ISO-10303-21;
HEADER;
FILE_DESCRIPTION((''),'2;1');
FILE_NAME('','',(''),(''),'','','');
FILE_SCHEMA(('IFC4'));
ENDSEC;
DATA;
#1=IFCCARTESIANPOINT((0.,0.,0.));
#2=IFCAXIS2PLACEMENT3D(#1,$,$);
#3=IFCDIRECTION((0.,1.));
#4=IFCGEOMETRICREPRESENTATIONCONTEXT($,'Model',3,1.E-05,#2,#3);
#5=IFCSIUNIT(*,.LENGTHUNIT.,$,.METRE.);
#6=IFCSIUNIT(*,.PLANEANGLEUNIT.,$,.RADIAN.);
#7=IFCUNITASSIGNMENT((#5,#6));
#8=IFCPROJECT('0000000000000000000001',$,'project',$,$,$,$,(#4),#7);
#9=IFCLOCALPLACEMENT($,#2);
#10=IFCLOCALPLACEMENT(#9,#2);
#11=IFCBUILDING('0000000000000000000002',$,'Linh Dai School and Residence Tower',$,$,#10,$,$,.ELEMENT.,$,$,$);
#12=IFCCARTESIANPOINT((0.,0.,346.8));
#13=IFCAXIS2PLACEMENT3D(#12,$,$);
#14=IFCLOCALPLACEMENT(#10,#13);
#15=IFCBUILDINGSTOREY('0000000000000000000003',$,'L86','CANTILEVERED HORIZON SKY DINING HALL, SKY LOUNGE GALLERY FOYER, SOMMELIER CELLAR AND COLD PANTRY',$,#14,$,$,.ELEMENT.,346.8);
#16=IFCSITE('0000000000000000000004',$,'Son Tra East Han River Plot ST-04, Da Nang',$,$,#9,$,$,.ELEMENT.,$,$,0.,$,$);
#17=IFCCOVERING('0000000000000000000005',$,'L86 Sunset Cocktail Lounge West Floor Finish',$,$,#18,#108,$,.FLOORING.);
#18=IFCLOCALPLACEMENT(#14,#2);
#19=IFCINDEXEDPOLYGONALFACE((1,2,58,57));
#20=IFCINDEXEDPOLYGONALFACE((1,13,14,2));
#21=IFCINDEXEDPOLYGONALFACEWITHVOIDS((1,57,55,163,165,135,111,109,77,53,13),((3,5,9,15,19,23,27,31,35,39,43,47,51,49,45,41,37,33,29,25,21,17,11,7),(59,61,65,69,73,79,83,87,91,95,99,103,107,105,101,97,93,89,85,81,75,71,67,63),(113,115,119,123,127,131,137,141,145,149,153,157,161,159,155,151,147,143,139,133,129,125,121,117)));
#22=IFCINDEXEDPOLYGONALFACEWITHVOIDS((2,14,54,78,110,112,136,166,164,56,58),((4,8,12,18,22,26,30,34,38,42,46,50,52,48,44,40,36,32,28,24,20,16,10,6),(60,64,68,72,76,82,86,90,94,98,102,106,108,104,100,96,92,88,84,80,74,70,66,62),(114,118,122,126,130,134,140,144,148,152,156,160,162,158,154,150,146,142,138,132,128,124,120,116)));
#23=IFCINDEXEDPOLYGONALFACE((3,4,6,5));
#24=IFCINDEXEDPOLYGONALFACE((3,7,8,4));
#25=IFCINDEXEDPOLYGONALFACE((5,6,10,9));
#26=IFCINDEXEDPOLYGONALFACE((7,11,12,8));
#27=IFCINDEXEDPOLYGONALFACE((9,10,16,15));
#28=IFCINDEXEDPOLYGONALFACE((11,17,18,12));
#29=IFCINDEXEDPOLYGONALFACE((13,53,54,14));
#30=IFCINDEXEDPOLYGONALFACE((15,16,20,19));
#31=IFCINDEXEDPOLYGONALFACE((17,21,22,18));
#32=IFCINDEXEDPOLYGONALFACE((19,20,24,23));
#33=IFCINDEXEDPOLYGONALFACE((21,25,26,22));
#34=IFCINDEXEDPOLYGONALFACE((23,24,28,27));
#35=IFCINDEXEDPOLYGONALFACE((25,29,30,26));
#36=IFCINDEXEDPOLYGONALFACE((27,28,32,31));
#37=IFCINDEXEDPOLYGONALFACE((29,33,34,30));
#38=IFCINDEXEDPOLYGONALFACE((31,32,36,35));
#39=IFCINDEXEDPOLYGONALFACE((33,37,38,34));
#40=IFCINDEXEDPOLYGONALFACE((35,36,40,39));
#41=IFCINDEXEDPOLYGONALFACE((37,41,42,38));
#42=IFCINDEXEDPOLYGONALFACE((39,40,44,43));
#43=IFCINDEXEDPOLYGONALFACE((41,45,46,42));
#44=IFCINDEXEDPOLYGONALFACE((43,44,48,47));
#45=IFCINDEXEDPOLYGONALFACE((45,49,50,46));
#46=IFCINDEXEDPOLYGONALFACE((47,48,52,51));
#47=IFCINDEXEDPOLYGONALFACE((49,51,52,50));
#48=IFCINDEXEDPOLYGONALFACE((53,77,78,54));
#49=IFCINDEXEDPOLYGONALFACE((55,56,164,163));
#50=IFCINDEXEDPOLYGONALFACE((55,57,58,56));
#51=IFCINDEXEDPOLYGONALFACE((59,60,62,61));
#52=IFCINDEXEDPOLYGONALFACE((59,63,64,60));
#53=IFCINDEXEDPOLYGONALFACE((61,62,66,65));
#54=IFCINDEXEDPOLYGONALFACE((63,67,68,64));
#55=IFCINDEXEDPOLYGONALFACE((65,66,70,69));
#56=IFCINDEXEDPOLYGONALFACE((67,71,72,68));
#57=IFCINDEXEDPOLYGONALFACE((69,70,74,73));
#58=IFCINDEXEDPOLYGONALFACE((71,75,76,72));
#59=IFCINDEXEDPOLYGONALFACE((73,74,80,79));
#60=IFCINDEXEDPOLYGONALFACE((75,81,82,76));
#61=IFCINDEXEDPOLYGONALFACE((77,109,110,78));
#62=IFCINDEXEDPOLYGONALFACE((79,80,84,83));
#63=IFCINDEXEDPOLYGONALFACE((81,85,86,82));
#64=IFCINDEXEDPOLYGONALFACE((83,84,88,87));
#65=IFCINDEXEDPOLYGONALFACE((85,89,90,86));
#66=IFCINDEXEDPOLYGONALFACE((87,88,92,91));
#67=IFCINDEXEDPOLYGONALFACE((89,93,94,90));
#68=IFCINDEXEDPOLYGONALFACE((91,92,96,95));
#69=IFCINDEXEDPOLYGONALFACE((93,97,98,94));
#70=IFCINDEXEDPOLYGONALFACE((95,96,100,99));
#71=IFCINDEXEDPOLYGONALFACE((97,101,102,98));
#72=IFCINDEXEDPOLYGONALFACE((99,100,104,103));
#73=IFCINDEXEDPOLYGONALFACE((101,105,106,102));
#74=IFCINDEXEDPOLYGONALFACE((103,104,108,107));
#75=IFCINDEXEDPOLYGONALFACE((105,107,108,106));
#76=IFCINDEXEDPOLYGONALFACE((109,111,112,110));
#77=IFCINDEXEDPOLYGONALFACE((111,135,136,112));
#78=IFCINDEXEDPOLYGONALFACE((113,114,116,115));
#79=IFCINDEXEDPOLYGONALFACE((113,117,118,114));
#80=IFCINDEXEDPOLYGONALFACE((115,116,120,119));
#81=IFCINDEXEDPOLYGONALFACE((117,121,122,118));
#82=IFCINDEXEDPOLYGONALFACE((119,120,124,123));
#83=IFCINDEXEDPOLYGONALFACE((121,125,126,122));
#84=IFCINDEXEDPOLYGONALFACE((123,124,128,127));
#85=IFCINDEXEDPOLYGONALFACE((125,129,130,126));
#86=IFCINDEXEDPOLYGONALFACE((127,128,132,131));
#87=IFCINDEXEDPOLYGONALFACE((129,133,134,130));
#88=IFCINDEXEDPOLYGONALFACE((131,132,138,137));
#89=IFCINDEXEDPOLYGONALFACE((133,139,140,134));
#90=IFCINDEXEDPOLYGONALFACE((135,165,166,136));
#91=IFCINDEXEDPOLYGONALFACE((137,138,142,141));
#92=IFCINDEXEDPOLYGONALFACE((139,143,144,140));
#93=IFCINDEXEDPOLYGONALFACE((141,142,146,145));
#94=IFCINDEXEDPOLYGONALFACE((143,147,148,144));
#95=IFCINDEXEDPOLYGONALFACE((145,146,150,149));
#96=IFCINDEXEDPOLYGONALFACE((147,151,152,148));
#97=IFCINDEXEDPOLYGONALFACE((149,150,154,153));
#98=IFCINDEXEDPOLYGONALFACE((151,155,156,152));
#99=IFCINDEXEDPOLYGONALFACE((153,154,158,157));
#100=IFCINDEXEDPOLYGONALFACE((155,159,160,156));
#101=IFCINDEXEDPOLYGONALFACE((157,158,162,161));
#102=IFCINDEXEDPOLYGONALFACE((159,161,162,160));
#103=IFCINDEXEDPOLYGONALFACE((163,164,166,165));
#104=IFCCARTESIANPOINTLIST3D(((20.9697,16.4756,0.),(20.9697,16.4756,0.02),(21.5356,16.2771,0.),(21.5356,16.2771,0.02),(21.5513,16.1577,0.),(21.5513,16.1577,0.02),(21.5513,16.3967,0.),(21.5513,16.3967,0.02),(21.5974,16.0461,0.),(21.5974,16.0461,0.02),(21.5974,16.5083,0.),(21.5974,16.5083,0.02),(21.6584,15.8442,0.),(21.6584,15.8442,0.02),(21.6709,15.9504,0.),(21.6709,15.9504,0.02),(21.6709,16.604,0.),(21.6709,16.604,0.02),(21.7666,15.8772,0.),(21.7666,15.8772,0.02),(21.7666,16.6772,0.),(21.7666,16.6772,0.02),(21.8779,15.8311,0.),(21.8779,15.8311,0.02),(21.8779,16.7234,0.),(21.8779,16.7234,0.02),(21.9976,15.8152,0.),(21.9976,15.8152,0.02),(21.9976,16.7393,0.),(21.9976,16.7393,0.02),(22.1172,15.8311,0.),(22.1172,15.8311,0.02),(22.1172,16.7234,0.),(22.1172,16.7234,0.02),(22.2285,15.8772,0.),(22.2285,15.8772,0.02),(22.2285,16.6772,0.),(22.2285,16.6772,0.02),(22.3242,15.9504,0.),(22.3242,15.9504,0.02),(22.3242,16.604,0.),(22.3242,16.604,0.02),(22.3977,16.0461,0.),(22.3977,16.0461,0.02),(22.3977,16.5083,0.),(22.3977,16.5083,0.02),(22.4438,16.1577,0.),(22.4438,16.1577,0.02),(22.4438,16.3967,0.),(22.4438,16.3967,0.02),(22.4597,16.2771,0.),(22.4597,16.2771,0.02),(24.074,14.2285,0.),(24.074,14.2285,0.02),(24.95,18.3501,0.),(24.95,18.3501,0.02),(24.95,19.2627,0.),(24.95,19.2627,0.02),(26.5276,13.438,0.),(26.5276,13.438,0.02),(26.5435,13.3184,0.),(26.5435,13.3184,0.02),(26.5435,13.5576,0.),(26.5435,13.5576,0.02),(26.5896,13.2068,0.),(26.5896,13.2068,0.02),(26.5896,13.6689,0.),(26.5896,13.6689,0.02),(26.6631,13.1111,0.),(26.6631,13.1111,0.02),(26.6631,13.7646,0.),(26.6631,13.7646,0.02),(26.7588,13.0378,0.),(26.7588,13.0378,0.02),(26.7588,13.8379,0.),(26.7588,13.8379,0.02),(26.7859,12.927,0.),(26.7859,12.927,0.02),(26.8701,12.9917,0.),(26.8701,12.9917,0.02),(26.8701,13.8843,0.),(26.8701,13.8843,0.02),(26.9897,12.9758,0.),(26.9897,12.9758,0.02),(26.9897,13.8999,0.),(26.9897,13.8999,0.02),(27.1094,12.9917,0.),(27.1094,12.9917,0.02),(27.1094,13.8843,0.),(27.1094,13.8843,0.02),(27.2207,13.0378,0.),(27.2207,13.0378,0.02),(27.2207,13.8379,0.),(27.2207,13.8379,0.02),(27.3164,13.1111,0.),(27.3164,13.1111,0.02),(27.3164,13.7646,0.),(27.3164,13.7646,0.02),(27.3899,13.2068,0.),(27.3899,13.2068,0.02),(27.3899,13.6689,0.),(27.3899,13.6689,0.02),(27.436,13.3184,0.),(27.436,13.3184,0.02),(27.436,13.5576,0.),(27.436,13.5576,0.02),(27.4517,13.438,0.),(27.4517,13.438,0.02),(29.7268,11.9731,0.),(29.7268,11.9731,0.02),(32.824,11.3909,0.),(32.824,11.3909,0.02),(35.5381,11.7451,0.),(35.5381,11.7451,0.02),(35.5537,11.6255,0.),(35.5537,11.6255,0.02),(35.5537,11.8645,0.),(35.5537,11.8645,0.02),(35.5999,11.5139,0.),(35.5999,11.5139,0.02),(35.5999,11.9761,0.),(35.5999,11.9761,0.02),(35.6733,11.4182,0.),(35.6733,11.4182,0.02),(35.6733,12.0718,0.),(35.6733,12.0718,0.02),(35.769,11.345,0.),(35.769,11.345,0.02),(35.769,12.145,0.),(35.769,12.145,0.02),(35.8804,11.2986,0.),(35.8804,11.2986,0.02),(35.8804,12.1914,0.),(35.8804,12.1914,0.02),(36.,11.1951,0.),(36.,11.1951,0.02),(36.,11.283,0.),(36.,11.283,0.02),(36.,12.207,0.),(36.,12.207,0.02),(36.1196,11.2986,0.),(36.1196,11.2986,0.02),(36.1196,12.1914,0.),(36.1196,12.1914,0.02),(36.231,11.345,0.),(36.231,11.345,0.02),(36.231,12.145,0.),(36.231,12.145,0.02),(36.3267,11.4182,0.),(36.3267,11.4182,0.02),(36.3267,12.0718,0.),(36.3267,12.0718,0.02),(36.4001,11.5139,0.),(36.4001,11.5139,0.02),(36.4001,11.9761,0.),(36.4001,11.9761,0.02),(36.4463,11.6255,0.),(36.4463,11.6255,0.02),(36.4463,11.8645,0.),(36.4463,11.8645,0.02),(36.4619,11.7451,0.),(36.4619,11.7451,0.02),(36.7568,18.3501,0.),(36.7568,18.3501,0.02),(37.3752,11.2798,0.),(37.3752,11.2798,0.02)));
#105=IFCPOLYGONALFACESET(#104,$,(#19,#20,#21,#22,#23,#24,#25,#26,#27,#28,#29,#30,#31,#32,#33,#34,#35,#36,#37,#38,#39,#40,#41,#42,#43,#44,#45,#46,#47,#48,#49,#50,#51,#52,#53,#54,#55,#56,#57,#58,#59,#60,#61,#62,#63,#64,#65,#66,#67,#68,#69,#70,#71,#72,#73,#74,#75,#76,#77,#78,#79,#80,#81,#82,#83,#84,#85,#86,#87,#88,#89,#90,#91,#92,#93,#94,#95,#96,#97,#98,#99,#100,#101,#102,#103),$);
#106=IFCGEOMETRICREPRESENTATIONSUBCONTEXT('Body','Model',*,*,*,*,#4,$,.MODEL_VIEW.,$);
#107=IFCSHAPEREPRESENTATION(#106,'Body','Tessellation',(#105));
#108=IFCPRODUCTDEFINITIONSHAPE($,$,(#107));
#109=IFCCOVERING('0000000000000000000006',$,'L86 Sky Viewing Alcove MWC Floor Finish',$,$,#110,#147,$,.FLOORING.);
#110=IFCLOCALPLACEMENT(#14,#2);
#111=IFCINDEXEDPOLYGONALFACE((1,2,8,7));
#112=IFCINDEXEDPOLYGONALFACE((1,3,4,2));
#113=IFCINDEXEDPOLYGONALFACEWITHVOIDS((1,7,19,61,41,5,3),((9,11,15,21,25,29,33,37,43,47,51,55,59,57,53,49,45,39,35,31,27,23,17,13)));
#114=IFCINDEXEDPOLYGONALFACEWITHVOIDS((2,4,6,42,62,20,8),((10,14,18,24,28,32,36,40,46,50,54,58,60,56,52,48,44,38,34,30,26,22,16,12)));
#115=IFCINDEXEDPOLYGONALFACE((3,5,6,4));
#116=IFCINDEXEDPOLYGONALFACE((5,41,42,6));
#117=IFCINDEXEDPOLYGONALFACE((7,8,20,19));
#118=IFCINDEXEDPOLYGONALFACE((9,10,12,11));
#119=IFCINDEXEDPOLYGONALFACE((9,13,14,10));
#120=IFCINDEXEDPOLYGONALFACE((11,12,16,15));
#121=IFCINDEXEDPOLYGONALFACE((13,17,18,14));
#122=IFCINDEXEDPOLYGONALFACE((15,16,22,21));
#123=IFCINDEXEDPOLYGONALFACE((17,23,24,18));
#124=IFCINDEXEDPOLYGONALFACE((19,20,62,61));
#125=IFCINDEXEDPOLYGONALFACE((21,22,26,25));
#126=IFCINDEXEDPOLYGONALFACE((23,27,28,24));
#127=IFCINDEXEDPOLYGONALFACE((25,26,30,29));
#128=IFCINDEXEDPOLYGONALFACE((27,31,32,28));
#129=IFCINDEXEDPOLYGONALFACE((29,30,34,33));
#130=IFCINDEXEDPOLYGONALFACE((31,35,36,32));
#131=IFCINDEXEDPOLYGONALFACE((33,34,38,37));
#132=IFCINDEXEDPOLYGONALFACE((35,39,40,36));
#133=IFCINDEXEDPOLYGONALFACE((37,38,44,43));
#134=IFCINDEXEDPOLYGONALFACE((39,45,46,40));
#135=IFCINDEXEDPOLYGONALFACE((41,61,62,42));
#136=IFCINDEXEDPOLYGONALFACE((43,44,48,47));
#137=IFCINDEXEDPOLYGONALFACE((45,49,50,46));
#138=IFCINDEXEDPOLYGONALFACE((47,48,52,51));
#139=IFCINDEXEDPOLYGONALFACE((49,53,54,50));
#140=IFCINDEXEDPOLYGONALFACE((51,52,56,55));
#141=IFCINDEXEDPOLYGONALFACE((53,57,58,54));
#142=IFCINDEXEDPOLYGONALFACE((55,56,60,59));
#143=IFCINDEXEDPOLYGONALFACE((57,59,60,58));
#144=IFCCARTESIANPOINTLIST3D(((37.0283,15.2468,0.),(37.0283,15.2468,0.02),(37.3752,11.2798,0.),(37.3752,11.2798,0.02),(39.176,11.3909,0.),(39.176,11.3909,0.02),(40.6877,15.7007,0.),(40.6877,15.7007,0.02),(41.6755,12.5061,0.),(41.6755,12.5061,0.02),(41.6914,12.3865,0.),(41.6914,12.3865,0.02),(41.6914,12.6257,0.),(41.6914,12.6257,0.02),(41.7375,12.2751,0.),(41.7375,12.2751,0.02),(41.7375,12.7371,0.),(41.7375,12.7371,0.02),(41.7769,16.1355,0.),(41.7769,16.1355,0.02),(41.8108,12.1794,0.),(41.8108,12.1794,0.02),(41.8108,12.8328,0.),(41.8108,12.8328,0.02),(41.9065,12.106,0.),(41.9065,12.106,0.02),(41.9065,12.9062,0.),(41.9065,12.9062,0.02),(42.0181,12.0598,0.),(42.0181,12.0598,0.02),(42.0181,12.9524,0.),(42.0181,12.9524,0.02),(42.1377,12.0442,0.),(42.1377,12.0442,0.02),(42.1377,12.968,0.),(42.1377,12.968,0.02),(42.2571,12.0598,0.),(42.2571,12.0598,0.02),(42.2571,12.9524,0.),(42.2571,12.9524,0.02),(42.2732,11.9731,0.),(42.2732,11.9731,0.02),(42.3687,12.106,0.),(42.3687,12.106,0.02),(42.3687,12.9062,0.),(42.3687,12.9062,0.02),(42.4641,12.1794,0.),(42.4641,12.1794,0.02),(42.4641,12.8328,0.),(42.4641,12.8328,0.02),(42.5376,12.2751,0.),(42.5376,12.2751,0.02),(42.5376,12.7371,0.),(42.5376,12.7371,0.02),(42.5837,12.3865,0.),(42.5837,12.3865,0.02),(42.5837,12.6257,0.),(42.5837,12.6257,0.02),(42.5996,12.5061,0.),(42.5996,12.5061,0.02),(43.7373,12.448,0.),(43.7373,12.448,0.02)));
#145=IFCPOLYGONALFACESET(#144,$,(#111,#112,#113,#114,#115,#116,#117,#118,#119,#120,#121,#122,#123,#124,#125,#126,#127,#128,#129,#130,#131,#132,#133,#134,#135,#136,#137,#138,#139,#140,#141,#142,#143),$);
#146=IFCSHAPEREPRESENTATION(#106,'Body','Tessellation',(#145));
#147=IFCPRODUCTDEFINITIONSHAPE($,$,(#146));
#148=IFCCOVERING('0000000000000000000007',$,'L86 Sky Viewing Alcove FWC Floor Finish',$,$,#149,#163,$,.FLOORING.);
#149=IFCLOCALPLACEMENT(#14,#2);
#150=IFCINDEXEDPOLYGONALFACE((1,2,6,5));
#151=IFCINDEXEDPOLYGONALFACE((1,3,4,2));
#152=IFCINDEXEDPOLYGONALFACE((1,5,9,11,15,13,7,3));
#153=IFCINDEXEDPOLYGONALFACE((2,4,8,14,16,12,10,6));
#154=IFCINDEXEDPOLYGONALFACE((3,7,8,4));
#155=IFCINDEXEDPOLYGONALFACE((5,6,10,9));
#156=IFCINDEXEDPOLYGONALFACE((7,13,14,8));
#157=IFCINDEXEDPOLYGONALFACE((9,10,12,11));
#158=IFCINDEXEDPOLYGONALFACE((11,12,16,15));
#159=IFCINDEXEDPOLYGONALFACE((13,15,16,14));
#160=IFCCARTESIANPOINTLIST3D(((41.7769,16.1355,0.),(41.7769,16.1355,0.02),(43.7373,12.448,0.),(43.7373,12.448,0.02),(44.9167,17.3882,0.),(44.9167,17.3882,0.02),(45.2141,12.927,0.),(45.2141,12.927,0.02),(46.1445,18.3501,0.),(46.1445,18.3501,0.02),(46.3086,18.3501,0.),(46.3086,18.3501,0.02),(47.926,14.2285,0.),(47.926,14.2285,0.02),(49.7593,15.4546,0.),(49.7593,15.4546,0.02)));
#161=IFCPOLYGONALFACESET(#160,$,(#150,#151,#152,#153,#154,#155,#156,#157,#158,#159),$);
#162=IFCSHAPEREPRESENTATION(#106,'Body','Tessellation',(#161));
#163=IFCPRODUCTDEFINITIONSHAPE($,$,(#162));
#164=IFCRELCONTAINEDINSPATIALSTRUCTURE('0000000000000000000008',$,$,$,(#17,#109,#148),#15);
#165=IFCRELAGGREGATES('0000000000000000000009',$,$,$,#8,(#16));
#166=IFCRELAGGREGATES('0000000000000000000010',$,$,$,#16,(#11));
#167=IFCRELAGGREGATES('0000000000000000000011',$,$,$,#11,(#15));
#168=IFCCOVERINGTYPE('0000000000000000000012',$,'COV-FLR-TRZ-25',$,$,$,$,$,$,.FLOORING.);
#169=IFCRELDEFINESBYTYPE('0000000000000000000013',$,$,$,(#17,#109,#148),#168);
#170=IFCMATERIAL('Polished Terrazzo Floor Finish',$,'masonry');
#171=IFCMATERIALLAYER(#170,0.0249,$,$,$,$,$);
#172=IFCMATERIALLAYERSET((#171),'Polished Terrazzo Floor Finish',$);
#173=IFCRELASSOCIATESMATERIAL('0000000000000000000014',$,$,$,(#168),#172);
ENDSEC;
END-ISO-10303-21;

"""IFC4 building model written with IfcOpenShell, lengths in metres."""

from ifc_helpers import new_model, si_unit, direction, frame, origin, place, context, subcontext, project, spatial, polyline, outline, extrude, material, layer, layer_set, type_object, element, save


model = new_model("IFC4")

# Units and contexts
model_context = context("Model", 3, precision=1e-05, world=origin(), true_north=direction((0.0, 1.0)))
body_context = subcontext(model_context, "Body", "Model", "MODEL_VIEW")
ifc_project = project(units=[si_unit("LENGTHUNIT", "METRE"), si_unit("PLANEANGLEUNIT", "RADIAN")], contexts=[model_context])

# Site, building, storey
site_placement = place(None, origin())
site = spatial("IfcSite", under=ifc_project, at=site_placement, Name="Son Tra East Han River Plot ST-04, Da Nang", CompositionType="ELEMENT", RefElevation=0.0)
building_placement = place(site_placement, origin())
building = spatial("IfcBuilding", under=site, at=building_placement, Name="Linh Dai School and Residence Tower", CompositionType="ELEMENT")
storey_placement = place(building_placement, frame((0.0, 0.0, 346.8)))
storey = spatial("IfcBuildingStorey", under=building, at=storey_placement, Name="L86", Description="CANTILEVERED HORIZON SKY DINING HALL, SKY LOUNGE GALLERY FOYER, SOMMELIER CELLAR AND COLD PANTRY", CompositionType="ELEMENT", Elevation=346.8)

# Coverings
ifc_material_1 = material(Name="Polished Terrazzo Floor Finish", Category="masonry")
ifc_layer_1 = layer(ifc_material_1, 0.0249)
ifc_layer_set_1 = layer_set([ifc_layer_1], Name="Polished Terrazzo Floor Finish")
covering_type_1 = type_object("IfcCoveringType", Name="COV-FLR-TRZ-25", PredefinedType="FLOORING", material=ifc_layer_set_1)
covering_1_placement = place(storey_placement, origin())
element("IfcCovering", 1, at=covering_1_placement, inside=storey, type_object=covering_type_1, Name="L86 Sunset Cocktail Lounge West Floor Finish", PredefinedType="FLOORING", context=body_context, shape_type="SweptSolid", body=[
    extrude(outline(polyline([(32.824, 11.3909), (29.7268, 11.9731), (26.7859, 12.927), (24.074, 14.2285), (21.6584, 15.8442), (20.9697, 16.4756), (24.95, 19.2627), (24.95, 18.3501), (36.7568, 18.3501), (37.3752, 11.2798), (36.0, 11.1951), (32.824, 11.3909)]), holes=[polyline([(36.4619, 11.7451), (36.4463, 11.8645), (36.4001, 11.9761), (36.3267, 12.0718), (36.231, 12.145), (36.1196, 12.1914), (36.0, 12.207), (35.8804, 12.1914), (35.769, 12.145), (35.6733, 12.0718), (35.5999, 11.9761), (35.5537, 11.8645), (35.5381, 11.7451), (35.5537, 11.6255), (35.5999, 11.5139), (35.6733, 11.4182), (35.769, 11.345), (35.8804, 11.2986), (36.0, 11.283), (36.1196, 11.2986), (36.231, 11.345), (36.3267, 11.4182), (36.4001, 11.5139), (36.4463, 11.6255), (36.4619, 11.7451)]), polyline([(27.436, 13.3184), (27.4517, 13.438), (27.436, 13.5576), (27.3899, 13.6689), (27.3164, 13.7646), (27.2207, 13.8379), (27.1094, 13.8843), (26.9897, 13.8999), (26.8701, 13.8843), (26.7588, 13.8379), (26.6631, 13.7646), (26.5896, 13.6689), (26.5435, 13.5576), (26.5276, 13.438), (26.5435, 13.3184), (26.5896, 13.2068), (26.6631, 13.1111), (26.7588, 13.0378), (26.8701, 12.9917), (26.9897, 12.9758), (27.1094, 12.9917), (27.2207, 13.0378), (27.3164, 13.1111), (27.3899, 13.2068), (27.436, 13.3184)]), polyline([(22.4438, 16.1577), (22.4597, 16.2771), (22.4438, 16.3967), (22.3977, 16.5083), (22.3242, 16.604), (22.2285, 16.6772), (22.1172, 16.7234), (21.9976, 16.7393), (21.8779, 16.7234), (21.7666, 16.6772), (21.6709, 16.604), (21.5974, 16.5083), (21.5513, 16.3967), (21.5356, 16.2771), (21.5513, 16.1577), (21.5974, 16.0461), (21.6709, 15.9504), (21.7666, 15.8772), (21.8779, 15.8311), (21.9976, 15.8152), (22.1172, 15.8311), (22.2285, 15.8772), (22.3242, 15.9504), (22.3977, 16.0461), (22.4438, 16.1577)])]), origin(), (0.0, 0.0, 1.0), 0.02),
])
covering_2_placement = place(storey_placement, origin())
element("IfcCovering", 2, at=covering_2_placement, inside=storey, type_object=covering_type_1, Name="L86 Sky Viewing Alcove MWC Floor Finish", PredefinedType="FLOORING", context=body_context, shape_type="SweptSolid", body=[
    extrude(outline(polyline([(40.6877, 15.7007), (41.7769, 16.1355), (43.7373, 12.448), (42.2732, 11.9731), (39.176, 11.3909), (37.3752, 11.2798), (37.0283, 15.2468), (40.6877, 15.7007)]), holes=[polyline([(42.5837, 12.6257), (42.5376, 12.7371), (42.4641, 12.8328), (42.3687, 12.9062), (42.2571, 12.9524), (42.1377, 12.968), (42.0181, 12.9524), (41.9065, 12.9062), (41.8108, 12.8328), (41.7375, 12.7371), (41.6914, 12.6257), (41.6755, 12.5061), (41.6914, 12.3865), (41.7375, 12.2751), (41.8108, 12.1794), (41.9065, 12.106), (42.0181, 12.0598), (42.1377, 12.0442), (42.2571, 12.0598), (42.3687, 12.106), (42.4641, 12.1794), (42.5376, 12.2751), (42.5837, 12.3865), (42.5996, 12.5061), (42.5837, 12.6257)])]), origin(), (0.0, 0.0, 1.0), 0.02),
])
covering_3_placement = place(storey_placement, origin())
element("IfcCovering", 3, at=covering_3_placement, inside=storey, type_object=covering_type_1, Name="L86 Sky Viewing Alcove FWC Floor Finish", PredefinedType="FLOORING", context=body_context, shape_type="SweptSolid", body=[
    extrude(outline(polyline([(44.9167, 17.3882), (46.1445, 18.3501), (46.3086, 18.3501), (49.7593, 15.4546), (47.926, 14.2285), (45.2141, 12.927), (43.7373, 12.448), (41.7769, 16.1355), (44.9167, 17.3882)])), origin(), (0.0, 0.0, 1.0), 0.02),
])

save(model, "model.ifc")
